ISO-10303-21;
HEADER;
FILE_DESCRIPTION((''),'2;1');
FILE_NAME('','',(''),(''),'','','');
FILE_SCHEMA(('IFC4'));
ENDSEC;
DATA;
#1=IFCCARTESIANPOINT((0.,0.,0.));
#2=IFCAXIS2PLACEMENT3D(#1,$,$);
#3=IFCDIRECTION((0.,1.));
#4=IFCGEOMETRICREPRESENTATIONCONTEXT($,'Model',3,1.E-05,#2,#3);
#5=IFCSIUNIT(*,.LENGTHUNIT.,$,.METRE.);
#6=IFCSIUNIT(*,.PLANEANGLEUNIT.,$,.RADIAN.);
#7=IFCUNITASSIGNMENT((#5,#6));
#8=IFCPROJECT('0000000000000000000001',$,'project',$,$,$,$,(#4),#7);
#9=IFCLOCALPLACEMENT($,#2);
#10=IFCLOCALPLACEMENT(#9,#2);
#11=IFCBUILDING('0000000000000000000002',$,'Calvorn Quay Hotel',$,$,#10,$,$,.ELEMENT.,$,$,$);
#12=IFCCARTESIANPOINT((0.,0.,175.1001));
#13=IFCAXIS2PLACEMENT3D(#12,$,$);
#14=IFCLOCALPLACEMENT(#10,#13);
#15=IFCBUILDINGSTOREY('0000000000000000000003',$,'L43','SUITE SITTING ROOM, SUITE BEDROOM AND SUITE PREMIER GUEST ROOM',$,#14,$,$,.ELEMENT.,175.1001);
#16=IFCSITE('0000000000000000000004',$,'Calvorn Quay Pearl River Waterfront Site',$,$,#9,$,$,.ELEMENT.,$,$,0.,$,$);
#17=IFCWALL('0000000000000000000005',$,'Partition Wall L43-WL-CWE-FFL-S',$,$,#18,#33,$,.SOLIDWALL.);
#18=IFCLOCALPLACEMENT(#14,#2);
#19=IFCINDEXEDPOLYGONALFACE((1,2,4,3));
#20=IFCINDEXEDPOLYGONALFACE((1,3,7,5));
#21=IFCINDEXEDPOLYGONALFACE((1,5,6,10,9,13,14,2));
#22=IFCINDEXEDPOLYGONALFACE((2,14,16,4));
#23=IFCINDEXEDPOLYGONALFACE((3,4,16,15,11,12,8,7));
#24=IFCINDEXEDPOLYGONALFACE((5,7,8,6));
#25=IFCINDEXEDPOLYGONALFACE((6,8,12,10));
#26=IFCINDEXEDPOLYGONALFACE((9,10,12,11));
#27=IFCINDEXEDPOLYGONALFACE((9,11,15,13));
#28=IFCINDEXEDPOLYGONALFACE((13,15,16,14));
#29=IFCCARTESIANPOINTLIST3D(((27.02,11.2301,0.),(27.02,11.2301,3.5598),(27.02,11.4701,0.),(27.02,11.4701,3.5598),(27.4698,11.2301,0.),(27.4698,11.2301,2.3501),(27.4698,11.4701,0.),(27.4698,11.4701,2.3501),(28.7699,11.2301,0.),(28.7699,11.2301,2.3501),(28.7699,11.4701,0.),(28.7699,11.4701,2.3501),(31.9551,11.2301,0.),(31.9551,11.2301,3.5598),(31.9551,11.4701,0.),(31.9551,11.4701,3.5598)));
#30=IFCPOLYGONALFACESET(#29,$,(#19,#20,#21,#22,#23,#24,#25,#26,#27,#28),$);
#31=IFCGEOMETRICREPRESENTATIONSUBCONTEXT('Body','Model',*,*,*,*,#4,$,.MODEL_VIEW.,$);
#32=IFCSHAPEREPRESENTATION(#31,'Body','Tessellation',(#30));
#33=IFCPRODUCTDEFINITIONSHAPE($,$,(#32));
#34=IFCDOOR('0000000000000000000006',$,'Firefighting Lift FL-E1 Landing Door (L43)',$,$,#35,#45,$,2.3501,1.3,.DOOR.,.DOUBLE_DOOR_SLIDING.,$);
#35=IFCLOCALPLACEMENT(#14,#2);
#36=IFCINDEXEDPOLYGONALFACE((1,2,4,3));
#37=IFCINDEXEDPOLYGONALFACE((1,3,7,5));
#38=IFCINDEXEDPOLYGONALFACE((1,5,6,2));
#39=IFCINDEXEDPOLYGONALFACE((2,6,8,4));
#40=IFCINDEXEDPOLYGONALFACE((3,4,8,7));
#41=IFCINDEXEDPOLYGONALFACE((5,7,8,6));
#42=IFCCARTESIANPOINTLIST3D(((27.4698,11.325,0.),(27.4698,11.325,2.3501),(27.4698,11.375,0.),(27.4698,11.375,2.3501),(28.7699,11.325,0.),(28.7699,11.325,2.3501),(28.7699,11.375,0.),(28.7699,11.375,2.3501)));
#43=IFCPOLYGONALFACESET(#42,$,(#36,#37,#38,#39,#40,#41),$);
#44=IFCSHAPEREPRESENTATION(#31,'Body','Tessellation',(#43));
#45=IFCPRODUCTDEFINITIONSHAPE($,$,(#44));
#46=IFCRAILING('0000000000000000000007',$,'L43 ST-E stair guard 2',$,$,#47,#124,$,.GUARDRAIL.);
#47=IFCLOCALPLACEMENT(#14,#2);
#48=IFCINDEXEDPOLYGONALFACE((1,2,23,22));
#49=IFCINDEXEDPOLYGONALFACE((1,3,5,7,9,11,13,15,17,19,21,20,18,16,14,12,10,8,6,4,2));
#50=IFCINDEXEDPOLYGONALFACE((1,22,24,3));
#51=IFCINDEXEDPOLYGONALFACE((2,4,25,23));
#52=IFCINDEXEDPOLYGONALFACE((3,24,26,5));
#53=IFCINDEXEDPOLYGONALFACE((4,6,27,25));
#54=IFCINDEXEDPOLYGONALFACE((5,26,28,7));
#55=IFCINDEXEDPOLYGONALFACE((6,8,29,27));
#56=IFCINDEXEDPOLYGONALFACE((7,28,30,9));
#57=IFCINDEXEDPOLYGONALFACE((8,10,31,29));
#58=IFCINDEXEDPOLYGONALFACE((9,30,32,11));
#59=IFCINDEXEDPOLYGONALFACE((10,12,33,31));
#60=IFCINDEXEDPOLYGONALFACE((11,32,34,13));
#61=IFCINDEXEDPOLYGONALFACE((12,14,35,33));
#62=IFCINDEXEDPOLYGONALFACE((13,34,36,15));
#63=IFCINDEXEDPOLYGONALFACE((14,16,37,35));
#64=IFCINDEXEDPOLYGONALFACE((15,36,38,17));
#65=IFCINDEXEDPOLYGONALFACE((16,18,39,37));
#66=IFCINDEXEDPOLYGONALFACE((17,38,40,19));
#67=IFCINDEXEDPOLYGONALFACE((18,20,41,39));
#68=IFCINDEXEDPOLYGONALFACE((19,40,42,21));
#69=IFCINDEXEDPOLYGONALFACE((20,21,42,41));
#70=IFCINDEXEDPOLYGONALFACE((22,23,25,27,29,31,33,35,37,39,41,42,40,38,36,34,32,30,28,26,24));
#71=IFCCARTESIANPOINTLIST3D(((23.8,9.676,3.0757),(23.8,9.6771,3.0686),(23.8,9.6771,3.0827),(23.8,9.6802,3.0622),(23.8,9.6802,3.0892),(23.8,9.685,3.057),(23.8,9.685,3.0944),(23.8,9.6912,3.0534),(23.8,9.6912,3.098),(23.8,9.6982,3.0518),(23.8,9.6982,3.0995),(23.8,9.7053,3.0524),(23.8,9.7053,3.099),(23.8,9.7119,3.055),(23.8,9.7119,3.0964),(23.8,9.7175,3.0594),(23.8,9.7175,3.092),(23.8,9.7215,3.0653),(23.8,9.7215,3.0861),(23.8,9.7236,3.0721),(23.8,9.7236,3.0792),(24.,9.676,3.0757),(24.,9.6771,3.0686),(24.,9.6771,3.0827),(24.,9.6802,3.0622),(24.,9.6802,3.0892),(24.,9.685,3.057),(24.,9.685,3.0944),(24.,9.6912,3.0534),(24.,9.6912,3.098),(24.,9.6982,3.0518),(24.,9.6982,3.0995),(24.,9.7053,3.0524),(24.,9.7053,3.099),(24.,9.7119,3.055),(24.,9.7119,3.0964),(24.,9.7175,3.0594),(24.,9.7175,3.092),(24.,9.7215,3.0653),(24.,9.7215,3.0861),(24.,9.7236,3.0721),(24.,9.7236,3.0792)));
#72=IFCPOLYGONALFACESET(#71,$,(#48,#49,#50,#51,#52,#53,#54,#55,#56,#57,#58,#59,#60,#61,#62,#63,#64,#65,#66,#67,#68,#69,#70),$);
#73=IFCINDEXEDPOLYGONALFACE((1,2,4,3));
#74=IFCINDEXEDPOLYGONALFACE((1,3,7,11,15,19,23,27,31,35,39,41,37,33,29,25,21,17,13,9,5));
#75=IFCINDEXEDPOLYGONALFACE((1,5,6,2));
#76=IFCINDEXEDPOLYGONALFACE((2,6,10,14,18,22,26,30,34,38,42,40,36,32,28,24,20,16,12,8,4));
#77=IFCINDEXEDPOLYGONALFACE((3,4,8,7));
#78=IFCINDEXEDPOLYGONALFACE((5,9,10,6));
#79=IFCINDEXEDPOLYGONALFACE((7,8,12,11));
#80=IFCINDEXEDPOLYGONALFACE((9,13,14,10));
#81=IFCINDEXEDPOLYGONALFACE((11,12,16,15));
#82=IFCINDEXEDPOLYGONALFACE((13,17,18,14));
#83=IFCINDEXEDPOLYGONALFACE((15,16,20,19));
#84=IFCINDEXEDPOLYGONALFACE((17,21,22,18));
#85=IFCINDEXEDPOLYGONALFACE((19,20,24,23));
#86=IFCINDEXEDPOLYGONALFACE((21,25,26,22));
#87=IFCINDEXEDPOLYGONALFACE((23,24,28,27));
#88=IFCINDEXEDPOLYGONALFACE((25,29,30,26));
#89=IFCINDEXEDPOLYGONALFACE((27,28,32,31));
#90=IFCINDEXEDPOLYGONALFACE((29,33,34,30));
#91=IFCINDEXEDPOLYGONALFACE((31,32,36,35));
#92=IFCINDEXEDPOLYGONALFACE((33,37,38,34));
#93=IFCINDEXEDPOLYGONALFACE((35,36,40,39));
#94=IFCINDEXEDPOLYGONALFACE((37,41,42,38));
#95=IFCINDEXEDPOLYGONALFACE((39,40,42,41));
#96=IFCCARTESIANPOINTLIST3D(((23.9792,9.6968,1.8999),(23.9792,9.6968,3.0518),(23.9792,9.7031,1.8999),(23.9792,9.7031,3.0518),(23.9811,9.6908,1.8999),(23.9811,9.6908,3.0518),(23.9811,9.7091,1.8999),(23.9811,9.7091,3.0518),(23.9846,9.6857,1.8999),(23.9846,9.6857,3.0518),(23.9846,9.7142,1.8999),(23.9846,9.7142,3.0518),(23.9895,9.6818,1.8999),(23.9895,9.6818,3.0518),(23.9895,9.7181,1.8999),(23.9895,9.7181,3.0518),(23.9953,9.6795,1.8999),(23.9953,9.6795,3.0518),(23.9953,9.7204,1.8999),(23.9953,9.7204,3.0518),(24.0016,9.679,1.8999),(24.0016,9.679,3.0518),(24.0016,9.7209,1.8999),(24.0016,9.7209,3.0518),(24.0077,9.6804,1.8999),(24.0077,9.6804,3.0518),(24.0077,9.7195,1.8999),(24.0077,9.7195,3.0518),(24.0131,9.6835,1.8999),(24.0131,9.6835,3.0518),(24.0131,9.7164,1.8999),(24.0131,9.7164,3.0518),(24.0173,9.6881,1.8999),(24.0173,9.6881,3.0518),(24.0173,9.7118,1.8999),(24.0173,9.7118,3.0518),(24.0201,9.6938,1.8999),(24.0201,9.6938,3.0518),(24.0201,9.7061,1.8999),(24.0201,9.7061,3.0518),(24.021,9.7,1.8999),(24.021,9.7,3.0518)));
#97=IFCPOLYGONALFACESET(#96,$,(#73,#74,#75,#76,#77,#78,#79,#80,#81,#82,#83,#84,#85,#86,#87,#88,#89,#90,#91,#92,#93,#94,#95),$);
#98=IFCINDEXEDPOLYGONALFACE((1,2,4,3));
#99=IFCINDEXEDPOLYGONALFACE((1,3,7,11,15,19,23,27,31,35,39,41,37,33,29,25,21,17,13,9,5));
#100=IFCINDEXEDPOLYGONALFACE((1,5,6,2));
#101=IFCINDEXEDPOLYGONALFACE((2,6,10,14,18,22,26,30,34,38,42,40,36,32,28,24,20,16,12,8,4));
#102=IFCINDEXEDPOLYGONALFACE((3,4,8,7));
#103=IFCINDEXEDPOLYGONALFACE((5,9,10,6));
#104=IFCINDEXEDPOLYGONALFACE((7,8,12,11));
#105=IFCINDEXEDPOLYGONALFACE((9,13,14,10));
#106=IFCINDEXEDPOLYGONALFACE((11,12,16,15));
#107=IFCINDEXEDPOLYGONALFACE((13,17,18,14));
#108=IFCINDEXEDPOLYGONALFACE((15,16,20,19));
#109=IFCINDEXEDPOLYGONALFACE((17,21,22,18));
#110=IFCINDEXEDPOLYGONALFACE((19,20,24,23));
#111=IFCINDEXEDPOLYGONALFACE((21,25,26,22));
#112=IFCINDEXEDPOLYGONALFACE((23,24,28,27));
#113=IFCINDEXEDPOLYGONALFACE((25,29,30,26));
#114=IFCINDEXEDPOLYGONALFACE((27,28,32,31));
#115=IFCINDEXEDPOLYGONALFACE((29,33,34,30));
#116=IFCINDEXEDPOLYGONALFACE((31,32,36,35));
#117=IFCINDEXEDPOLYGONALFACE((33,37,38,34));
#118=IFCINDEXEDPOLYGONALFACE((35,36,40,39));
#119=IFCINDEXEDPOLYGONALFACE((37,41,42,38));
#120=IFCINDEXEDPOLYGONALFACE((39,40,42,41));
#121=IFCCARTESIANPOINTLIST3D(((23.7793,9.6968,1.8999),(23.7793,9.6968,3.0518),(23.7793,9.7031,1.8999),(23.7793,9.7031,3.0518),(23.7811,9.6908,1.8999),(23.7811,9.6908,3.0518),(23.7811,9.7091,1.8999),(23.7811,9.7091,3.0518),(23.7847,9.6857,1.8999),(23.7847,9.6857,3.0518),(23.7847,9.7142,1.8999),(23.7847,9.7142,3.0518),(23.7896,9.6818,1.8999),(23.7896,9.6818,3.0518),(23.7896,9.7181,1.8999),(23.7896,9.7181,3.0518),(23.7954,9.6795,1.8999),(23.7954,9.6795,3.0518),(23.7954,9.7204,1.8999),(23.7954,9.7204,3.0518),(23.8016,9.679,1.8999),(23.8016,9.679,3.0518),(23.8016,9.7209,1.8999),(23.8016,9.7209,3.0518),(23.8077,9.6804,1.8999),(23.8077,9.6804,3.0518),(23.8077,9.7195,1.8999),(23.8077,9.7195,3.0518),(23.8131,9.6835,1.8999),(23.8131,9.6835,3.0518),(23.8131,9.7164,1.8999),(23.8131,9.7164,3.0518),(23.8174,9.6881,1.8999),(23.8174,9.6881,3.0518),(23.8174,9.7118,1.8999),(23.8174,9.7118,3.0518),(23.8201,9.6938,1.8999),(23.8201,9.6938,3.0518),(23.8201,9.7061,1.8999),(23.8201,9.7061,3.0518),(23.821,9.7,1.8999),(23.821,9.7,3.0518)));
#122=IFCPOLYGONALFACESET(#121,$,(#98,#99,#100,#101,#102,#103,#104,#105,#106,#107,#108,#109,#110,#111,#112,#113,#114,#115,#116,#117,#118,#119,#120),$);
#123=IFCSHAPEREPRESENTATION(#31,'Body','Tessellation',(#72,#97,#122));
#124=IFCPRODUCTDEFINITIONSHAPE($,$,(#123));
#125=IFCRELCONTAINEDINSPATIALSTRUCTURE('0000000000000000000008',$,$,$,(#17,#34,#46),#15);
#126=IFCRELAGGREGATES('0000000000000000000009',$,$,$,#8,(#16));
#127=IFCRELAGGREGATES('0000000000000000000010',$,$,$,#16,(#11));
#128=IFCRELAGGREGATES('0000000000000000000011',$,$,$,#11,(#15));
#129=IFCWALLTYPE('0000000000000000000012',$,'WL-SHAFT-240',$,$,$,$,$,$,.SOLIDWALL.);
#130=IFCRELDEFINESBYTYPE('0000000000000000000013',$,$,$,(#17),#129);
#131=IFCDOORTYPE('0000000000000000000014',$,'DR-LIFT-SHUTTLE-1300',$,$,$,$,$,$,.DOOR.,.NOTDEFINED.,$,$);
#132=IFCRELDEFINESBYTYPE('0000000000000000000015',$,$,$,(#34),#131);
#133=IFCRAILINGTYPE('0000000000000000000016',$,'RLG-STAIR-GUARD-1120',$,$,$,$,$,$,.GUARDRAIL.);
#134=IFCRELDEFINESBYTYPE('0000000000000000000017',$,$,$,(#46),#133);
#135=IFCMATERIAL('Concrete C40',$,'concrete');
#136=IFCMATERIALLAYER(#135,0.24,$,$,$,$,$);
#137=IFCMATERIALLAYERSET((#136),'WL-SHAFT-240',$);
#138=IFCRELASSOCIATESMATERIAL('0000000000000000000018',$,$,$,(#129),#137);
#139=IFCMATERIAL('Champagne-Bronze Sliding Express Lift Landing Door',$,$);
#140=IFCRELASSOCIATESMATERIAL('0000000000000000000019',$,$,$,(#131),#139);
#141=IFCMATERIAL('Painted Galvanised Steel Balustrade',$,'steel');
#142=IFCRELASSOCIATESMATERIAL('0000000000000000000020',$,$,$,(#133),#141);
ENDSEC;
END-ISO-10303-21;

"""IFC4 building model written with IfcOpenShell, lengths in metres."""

from ifc_helpers import new_model, si_unit, direction, frame, frame_2d, origin, origin_2d, place, context, subcontext, project, spatial, rectangle, circle, extrude, material, layer, layer_set, type_object, element, fill, save


model = new_model("IFC4")

# Units and contexts
model_context = context("Model", 3, precision=1e-05, world=origin(), true_north=direction((0.0, 1.0)))
body_context = subcontext(model_context, "Body", "Model", "MODEL_VIEW")
ifc_project = project(units=[si_unit("LENGTHUNIT", "METRE"), si_unit("PLANEANGLEUNIT", "RADIAN")], contexts=[model_context])

# Site, building, storey
site_placement = place(None, origin())
site = spatial("IfcSite", under=ifc_project, at=site_placement, Name="Calvorn Quay Pearl River Waterfront Site", CompositionType="ELEMENT", RefElevation=0.0)
building_placement = place(site_placement, origin())
building = spatial("IfcBuilding", under=site, at=building_placement, Name="Calvorn Quay Hotel", CompositionType="ELEMENT")
storey_placement = place(building_placement, frame((0.0, 0.0, 175.1001)))
storey = spatial("IfcBuildingStorey", under=building, at=storey_placement, Name="L43", Description="SUITE SITTING ROOM, SUITE BEDROOM AND SUITE PREMIER GUEST ROOM", CompositionType="ELEMENT", Elevation=175.1001)

# Shared definitions
ifc_material_1 = material(Name="Concrete C40", Category="concrete")
ifc_layer_1 = layer(ifc_material_1, 0.24)
ifc_layer_set_1 = layer_set([ifc_layer_1], Name="WL-SHAFT-240")
wall_type_1 = type_object("IfcWallType", Name="WL-SHAFT-240", PredefinedType="SOLIDWALL", material=ifc_layer_set_1)

# Wall, opening, door
wall_1_placement = place(storey_placement, frame((27.02, 11.3501, 0.0), z_axis=(0.0, 0.0, 1.0), x_axis=(1.0, 0.0, 0.0)))
wall_1 = element("IfcWall", 1, at=wall_1_placement, inside=storey, type_object=wall_type_1, Name="Partition Wall L43-WL-CWE-FFL-S", PredefinedType="SOLIDWALL", context=body_context, shape_type="SweptSolid", body=[
    extrude(rectangle(XDim=4.9351, YDim=0.24, at=frame_2d((2.4675, 0.0))), origin(), (0.0, 0.0, 1.0), 3.5598),
])
opening_1_placement = place(wall_1_placement, frame((0.45, 0.0, 0.0)))
opening_1 = element("IfcOpeningElement", 2, at=opening_1_placement, cuts=wall_1, PredefinedType="OPENING", context=body_context, shape_type="SweptSolid", body=[
    extrude(rectangle(XDim=1.3, YDim=2.3501, at=frame_2d((0.6499, 1.175))), frame((0.0, 0.1299, 0.0), z_axis=(0.0, -1.0, 0.0), x_axis=(1.0, 0.0, 0.0)), (0.0, 0.0, 1.0), 0.26),
])
ifc_material_2 = material(Name="Champagne-Bronze Sliding Express Lift Landing Door")
door_type_1 = type_object("IfcDoorType", Name="DR-LIFT-SHUTTLE-1300", OperationType="NOTDEFINED", PredefinedType="DOOR", material=ifc_material_2)
door_1_placement = place(opening_1_placement, origin())
door_1 = element("IfcDoor", 3, at=door_1_placement, inside=storey, type_object=door_type_1, Name="Firefighting Lift FL-E1 Landing Door (L43)", OperationType="DOUBLE_DOOR_SLIDING", OverallHeight=2.3501, OverallWidth=1.3, PredefinedType="DOOR", context=body_context, shape_type="SweptSolid", body=[
    extrude(rectangle(XDim=1.3, YDim=2.3501, at=frame_2d((0.6499, 1.175))), frame((0.0, 0.0249, 0.0), z_axis=(0.0, -1.0, 0.0), x_axis=(1.0, 0.0, 0.0)), (0.0, 0.0, 1.0), 0.05),
])
fill(opening_1, door_1)

# Railing
ifc_material_3 = material(Name="Painted Galvanised Steel Balustrade", Category="steel")
railing_type = type_object("IfcRailingType", Name="RLG-STAIR-GUARD-1120", PredefinedType="GUARDRAIL", material=ifc_material_3)
railing_placement = place(storey_placement, frame((24.0, 9.7, 1.8999)))
element("IfcRailing", 4, at=railing_placement, inside=storey, type_object=railing_type, Name="L43 ST-E stair guard 2", PredefinedType="GUARDRAIL", context=body_context, shape_type="SweptSolid", body=[
    extrude(circle(Radius=0.0239, at=origin_2d()), frame((0.0, 0.0, 1.1758), z_axis=(-1.0, 0.0, 0.0), x_axis=(0.0, -1.0, 0.0)), (0.0, 0.0, 1.0), 0.2),
    extrude(circle(Radius=0.021, at=origin_2d()), origin(), (0.0, 0.0, 1.0), 1.1519),
    extrude(circle(Radius=0.021, at=origin_2d()), frame((-0.2, 0.0, 0.0)), (0.0, 0.0, 1.0), 1.1519),
])

save(model, "model.ifc")
